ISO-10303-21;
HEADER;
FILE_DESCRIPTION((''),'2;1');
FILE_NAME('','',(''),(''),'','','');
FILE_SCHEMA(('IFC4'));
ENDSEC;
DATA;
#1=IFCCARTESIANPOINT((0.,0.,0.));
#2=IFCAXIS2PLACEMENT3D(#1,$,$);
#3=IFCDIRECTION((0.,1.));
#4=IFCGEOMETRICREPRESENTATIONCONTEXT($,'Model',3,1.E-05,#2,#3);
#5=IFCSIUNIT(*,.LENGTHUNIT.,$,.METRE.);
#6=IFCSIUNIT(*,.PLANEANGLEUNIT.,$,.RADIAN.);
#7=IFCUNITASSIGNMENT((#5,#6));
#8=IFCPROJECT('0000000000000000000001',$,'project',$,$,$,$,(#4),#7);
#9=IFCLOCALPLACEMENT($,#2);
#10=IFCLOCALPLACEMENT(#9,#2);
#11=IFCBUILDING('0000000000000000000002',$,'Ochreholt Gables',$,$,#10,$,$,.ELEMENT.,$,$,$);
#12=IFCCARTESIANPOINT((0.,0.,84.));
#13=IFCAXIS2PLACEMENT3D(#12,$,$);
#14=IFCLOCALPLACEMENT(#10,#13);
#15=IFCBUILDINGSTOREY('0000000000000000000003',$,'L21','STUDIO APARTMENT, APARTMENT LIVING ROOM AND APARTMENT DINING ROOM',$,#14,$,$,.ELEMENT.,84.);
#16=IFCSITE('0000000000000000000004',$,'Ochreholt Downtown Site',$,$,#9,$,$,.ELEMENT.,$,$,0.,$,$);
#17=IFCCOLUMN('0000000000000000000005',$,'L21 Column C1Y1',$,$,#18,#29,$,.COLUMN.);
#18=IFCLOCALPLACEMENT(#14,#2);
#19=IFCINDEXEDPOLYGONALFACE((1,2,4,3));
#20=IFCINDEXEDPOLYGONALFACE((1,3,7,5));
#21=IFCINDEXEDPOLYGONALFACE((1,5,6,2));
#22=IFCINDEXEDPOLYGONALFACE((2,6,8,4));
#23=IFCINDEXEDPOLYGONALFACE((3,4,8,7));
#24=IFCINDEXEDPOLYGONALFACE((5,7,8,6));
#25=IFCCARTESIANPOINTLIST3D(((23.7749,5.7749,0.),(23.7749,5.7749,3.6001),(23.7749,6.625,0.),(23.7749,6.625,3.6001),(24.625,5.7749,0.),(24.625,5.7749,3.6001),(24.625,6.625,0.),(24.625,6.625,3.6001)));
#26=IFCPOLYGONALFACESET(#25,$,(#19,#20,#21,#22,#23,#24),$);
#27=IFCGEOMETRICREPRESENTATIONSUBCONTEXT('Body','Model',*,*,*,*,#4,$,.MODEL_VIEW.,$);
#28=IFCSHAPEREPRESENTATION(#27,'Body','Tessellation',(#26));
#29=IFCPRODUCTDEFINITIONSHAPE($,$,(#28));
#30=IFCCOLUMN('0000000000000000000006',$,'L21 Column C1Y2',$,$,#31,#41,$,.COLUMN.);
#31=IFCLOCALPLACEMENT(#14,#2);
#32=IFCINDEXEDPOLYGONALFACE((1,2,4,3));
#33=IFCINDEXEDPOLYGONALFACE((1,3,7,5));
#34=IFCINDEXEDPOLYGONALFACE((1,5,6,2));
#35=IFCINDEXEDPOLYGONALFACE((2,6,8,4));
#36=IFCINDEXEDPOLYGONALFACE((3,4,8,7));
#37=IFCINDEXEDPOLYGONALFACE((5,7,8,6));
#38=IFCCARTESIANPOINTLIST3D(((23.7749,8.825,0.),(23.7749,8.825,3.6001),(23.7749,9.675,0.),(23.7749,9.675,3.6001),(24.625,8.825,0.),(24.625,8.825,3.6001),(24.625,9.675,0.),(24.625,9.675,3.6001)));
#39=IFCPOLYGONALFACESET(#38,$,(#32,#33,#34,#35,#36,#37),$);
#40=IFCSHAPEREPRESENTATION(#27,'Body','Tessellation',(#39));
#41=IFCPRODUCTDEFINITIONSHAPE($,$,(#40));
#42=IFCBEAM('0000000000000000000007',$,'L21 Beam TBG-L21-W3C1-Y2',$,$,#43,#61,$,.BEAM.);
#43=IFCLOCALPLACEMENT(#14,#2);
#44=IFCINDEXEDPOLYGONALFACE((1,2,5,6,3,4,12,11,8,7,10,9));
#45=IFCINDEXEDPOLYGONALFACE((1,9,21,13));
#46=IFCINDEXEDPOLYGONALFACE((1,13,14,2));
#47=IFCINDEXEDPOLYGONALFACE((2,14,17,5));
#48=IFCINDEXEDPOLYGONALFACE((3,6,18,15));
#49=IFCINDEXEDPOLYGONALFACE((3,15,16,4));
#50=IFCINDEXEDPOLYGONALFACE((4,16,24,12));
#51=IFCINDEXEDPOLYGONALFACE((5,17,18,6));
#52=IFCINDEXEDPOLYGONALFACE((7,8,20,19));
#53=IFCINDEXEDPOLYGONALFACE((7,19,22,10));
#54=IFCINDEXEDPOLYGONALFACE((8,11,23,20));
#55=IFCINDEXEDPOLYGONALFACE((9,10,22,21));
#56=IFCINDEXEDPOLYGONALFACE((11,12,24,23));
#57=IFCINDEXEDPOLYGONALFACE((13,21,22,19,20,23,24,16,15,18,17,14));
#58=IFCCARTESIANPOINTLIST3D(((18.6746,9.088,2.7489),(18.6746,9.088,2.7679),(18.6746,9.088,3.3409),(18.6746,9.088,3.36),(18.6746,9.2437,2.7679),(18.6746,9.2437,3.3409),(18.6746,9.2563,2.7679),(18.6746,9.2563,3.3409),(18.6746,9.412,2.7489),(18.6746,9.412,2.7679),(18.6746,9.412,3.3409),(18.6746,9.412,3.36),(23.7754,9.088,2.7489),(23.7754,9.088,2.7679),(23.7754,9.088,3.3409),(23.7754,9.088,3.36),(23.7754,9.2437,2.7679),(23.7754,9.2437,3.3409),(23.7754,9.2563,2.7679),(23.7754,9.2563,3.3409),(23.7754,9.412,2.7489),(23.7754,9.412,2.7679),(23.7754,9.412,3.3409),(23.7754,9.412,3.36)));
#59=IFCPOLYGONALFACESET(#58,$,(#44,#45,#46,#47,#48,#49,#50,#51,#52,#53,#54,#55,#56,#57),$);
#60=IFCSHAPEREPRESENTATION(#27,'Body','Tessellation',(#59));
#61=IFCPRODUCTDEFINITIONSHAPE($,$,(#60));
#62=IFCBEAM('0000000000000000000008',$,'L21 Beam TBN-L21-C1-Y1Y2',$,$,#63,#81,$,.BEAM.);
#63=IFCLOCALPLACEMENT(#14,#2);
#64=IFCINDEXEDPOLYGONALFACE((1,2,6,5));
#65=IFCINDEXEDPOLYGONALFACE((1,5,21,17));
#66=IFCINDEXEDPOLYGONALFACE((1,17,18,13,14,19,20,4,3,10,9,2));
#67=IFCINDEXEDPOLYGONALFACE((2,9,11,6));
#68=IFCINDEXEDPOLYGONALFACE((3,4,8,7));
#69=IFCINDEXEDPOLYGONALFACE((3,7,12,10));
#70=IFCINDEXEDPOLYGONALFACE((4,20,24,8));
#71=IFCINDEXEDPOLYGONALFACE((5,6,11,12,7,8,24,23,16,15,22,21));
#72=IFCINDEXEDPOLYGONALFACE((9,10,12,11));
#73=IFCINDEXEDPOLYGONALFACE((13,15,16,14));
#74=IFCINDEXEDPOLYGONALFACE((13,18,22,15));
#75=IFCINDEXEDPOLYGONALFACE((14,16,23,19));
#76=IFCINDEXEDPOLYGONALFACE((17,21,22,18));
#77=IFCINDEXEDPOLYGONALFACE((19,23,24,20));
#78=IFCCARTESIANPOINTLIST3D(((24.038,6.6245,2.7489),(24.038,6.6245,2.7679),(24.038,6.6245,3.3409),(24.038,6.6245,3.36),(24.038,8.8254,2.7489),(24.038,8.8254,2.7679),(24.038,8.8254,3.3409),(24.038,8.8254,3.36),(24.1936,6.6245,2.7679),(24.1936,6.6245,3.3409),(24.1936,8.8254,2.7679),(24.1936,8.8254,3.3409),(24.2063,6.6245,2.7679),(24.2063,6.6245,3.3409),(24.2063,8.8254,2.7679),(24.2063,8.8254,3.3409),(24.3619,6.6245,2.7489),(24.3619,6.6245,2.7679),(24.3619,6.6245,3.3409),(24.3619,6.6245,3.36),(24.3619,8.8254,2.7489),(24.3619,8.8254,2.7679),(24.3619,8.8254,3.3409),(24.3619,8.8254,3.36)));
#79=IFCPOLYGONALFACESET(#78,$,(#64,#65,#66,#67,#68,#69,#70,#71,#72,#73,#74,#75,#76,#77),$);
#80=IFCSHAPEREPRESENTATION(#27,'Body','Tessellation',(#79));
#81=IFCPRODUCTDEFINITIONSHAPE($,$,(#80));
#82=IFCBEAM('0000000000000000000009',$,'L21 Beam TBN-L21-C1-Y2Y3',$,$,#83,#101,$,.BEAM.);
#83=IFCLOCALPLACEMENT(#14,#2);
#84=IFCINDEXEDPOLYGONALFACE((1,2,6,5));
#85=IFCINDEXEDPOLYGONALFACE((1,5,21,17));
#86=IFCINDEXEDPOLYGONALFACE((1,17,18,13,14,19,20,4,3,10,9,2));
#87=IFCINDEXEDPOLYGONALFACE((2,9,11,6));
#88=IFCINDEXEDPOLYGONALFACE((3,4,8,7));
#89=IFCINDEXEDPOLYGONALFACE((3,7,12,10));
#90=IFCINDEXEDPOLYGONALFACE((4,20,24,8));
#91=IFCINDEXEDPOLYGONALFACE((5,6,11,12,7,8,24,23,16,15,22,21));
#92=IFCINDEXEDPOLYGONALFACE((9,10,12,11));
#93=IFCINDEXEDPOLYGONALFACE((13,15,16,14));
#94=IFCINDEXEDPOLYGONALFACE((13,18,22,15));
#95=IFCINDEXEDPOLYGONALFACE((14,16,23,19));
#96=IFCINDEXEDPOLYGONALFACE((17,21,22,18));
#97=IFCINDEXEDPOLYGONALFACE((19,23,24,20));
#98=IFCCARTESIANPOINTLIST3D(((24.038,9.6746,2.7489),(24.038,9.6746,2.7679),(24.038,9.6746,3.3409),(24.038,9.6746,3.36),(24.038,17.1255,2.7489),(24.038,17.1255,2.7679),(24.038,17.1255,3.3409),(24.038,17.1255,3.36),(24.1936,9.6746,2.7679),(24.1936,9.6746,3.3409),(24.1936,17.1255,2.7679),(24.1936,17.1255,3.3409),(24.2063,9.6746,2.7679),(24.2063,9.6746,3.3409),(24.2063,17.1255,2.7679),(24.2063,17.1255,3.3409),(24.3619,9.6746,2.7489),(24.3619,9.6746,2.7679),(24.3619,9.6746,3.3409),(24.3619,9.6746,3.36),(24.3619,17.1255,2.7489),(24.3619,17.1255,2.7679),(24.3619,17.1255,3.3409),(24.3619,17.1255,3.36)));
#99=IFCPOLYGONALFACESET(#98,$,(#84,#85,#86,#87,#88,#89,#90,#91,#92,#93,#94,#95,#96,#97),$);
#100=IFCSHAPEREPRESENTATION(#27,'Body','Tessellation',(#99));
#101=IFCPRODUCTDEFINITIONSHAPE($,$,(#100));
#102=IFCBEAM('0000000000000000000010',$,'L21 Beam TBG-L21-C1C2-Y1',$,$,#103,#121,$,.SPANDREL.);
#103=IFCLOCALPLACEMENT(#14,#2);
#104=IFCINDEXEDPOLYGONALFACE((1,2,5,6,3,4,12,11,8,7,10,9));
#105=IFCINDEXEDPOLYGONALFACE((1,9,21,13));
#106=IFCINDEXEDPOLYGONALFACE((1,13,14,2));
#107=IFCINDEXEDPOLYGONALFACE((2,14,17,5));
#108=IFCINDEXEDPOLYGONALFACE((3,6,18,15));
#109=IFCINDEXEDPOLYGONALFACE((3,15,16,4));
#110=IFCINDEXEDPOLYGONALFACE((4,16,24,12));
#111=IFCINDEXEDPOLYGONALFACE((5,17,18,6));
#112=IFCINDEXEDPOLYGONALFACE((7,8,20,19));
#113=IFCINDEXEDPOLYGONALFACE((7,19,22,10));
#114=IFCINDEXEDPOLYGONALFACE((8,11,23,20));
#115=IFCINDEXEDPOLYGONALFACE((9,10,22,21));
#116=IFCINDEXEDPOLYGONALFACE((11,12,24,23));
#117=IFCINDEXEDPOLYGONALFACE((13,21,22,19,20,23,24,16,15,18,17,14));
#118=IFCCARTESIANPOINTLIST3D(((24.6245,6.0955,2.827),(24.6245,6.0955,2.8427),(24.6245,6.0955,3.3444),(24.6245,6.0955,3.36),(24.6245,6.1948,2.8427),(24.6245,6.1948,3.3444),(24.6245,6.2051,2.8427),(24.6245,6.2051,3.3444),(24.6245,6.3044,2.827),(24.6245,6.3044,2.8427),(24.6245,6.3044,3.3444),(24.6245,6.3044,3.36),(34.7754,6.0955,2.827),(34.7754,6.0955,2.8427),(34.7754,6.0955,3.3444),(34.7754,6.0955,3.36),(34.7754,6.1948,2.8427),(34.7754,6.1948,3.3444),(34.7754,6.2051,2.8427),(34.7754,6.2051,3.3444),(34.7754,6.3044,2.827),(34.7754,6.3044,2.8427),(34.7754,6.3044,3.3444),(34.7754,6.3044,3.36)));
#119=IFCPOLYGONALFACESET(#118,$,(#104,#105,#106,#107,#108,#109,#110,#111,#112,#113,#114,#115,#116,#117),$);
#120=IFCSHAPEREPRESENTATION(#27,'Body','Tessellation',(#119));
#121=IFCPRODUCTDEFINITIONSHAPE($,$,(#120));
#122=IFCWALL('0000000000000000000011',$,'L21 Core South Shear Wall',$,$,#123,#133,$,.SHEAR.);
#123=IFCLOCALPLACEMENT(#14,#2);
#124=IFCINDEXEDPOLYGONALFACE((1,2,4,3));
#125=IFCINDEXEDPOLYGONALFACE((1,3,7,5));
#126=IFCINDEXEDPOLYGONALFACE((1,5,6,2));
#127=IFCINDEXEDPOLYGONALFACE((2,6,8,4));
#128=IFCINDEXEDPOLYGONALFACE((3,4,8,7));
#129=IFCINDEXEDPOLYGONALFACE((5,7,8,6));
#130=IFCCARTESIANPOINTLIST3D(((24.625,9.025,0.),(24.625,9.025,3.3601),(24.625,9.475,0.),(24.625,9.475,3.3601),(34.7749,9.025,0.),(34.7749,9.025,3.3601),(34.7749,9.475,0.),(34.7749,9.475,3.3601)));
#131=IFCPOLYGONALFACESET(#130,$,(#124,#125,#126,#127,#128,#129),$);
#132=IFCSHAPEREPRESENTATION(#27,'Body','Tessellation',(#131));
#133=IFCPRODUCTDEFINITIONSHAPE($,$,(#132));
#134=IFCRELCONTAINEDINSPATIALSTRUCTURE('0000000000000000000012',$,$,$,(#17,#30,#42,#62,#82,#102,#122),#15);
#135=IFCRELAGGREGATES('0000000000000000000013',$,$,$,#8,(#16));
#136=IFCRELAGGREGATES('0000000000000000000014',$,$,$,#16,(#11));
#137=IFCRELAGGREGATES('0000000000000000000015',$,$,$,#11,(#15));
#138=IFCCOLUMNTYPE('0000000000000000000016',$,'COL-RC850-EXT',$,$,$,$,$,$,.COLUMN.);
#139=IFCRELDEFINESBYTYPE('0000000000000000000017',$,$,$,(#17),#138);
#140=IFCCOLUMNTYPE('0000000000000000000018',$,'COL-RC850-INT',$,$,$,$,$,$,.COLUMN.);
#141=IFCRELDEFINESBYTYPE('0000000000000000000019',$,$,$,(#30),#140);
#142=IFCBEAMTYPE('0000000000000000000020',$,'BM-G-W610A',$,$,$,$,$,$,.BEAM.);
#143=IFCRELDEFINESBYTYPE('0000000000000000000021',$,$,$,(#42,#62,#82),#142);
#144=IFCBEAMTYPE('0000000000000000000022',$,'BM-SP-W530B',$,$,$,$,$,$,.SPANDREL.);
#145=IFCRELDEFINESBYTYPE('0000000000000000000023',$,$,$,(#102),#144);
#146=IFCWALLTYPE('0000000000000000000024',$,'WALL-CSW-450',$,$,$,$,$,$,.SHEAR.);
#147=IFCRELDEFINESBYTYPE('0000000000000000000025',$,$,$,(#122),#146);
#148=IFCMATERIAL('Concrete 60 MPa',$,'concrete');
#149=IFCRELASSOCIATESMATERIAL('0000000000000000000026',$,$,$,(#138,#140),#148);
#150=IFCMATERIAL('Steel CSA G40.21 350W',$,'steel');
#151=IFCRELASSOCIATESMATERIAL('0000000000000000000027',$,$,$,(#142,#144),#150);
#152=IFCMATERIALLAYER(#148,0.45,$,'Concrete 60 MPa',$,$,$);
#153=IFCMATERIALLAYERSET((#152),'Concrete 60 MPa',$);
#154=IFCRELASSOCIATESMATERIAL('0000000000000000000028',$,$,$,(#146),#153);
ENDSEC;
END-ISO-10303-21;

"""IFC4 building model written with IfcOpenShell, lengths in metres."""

from ifc_helpers import new_model, si_unit, direction, frame, frame_2d, origin, origin_2d, place, context, subcontext, project, spatial, rectangle, i_section, extrude, material, layer, layer_set, material_profile, profile_set, type_object, element, save


model = new_model("IFC4")

# Units and contexts
model_context = context("Model", 3, precision=1e-05, world=origin(), true_north=direction((0.0, 1.0)))
body_context = subcontext(model_context, "Body", "Model", "MODEL_VIEW")
ifc_project = project(units=[si_unit("LENGTHUNIT", "METRE"), si_unit("PLANEANGLEUNIT", "RADIAN")], contexts=[model_context])

# Site, building, storey
site_placement = place(None, origin())
site = spatial("IfcSite", under=ifc_project, at=site_placement, Name="Ochreholt Downtown Site", CompositionType="ELEMENT", RefElevation=0.0)
building_placement = place(site_placement, origin())
building = spatial("IfcBuilding", under=site, at=building_placement, Name="Ochreholt Gables", CompositionType="ELEMENT")
storey_placement = place(building_placement, frame((0.0, 0.0, 84.0)))
storey = spatial("IfcBuildingStorey", under=building, at=storey_placement, Name="L21", Description="STUDIO APARTMENT, APARTMENT LIVING ROOM AND APARTMENT DINING ROOM", CompositionType="ELEMENT", Elevation=84.0)

# Columns
ifc_material_1 = material(Name="Concrete 60 MPa", Category="concrete")
ifc_material_profile_1 = material_profile(ifc_material_1, rectangle(XDim=0.8501, YDim=0.8501, at=origin_2d()), Name="RC850X850")
ifc_profile_set_1 = profile_set([ifc_material_profile_1], Name="Concrete 60 MPa")
column_type_1 = type_object("IfcColumnType", Name="COL-RC850-EXT", PredefinedType="COLUMN", material=ifc_profile_set_1)
column_1_placement = place(storey_placement, frame((24.2, 6.2, 0.0), z_axis=(0.0, 0.0, 1.0), x_axis=(1.0, 0.0, 0.0)))
element("IfcColumn", 1, at=column_1_placement, inside=storey, type_object=column_type_1, Name="L21 Column C1Y1", PredefinedType="COLUMN", context=body_context, shape_type="SweptSolid", body=[
    extrude(rectangle(XDim=0.8501, YDim=0.8501, at=origin_2d()), origin(), (0.0, 0.0, 1.0), 3.6001),
])
ifc_material_profile_2 = material_profile(ifc_material_1, rectangle(XDim=0.8501, YDim=0.8501, at=origin_2d()), Name="RC850X850")
ifc_profile_set_2 = profile_set([ifc_material_profile_2], Name="Concrete 60 MPa")
column_type_2 = type_object("IfcColumnType", Name="COL-RC850-INT", PredefinedType="COLUMN", material=ifc_profile_set_2)
column_2_placement = place(storey_placement, frame((24.2, 9.25, 0.0), z_axis=(0.0, 0.0, 1.0), x_axis=(1.0, 0.0, 0.0)))
element("IfcColumn", 2, at=column_2_placement, inside=storey, type_object=column_type_2, Name="L21 Column C1Y2", PredefinedType="COLUMN", context=body_context, shape_type="SweptSolid", body=[
    extrude(rectangle(XDim=0.8501, YDim=0.8501, at=origin_2d()), origin(), (0.0, 0.0, 1.0), 3.6001),
])

# Beams
ifc_material_2 = material(Name="Steel CSA G40.21 350W", Category="steel")
ifc_material_profile_3 = material_profile(ifc_material_2, i_section(OverallWidth=0.324, OverallDepth=0.6111, WebThickness=0.0127, FlangeThickness=0.019, at=origin_2d()), Name="W610X155")
ifc_profile_set_3 = profile_set([ifc_material_profile_3], Name="Steel CSA G40.21 350W")
beam_type_1 = type_object("IfcBeamType", Name="BM-G-W610A", PredefinedType="BEAM", material=ifc_profile_set_3)
beam_1_placement = place(storey_placement, frame((18.6746, 9.25, 3.0544), z_axis=(1.0, 0.0, 0.0), x_axis=(0.0, 1.0, 0.0)))
element("IfcBeam", 3, at=beam_1_placement, inside=storey, type_object=beam_type_1, Name="L21 Beam TBG-L21-W3C1-Y2", PredefinedType="BEAM", context=body_context, shape_type="SweptSolid", body=[
    extrude(i_section(OverallWidth=0.324, OverallDepth=0.6111, WebThickness=0.0127, FlangeThickness=0.019, at=origin_2d()), origin(), (0.0, 0.0, 1.0), 5.1008),
])
beam_2_placement = place(storey_placement, frame((24.2, 6.6245, 3.0544), z_axis=(0.0, 1.0, 0.0), x_axis=(-1.0, 0.0, 0.0)))
element("IfcBeam", 4, at=beam_2_placement, inside=storey, type_object=beam_type_1, Name="L21 Beam TBN-L21-C1-Y1Y2", PredefinedType="BEAM", context=body_context, shape_type="SweptSolid", body=[
    extrude(i_section(OverallWidth=0.324, OverallDepth=0.6111, WebThickness=0.0127, FlangeThickness=0.019, at=origin_2d()), origin(), (0.0, 0.0, 1.0), 2.2009),
])
beam_3_placement = place(storey_placement, frame((24.2, 9.6746, 3.0544), z_axis=(0.0, 1.0, 0.0), x_axis=(-1.0, 0.0, 0.0)))
element("IfcBeam", 5, at=beam_3_placement, inside=storey, type_object=beam_type_1, Name="L21 Beam TBN-L21-C1-Y2Y3", PredefinedType="BEAM", context=body_context, shape_type="SweptSolid", body=[
    extrude(i_section(OverallWidth=0.324, OverallDepth=0.6111, WebThickness=0.0127, FlangeThickness=0.019, at=origin_2d()), origin(), (0.0, 0.0, 1.0), 7.4509),
])
ifc_material_profile_4 = material_profile(ifc_material_2, i_section(OverallWidth=0.209, OverallDepth=0.533, WebThickness=0.0103, FlangeThickness=0.0156, at=origin_2d()), Name="W530X92")
ifc_profile_set_4 = profile_set([ifc_material_profile_4], Name="Steel CSA G40.21 350W")
beam_type_2 = type_object("IfcBeamType", Name="BM-SP-W530B", PredefinedType="SPANDREL", material=ifc_profile_set_4)
beam_4_placement = place(storey_placement, frame((24.6245, 6.2, 3.0935), z_axis=(1.0, 0.0, 0.0), x_axis=(0.0, 1.0, 0.0)))
element("IfcBeam", 6, at=beam_4_placement, inside=storey, type_object=beam_type_2, Name="L21 Beam TBG-L21-C1C2-Y1", PredefinedType="SPANDREL", context=body_context, shape_type="SweptSolid", body=[
    extrude(i_section(OverallWidth=0.209, OverallDepth=0.533, WebThickness=0.0103, FlangeThickness=0.0156, at=origin_2d()), origin(), (0.0, 0.0, 1.0), 10.1509),
])

# Wall
ifc_layer_1 = layer(ifc_material_1, 0.45, Name="Concrete 60 MPa")
ifc_layer_set_1 = layer_set([ifc_layer_1], Name="Concrete 60 MPa")
wall_type_1 = type_object("IfcWallType", Name="WALL-CSW-450", PredefinedType="SHEAR", material=ifc_layer_set_1)
wall_1_placement = place(storey_placement, frame((24.625, 9.25, 0.0), z_axis=(0.0, 0.0, 1.0), x_axis=(1.0, 0.0, 0.0)))
element("IfcWall", 7, at=wall_1_placement, inside=storey, type_object=wall_type_1, Name="L21 Core South Shear Wall", PredefinedType="SHEAR", context=body_context, shape_type="SweptSolid", body=[
    extrude(rectangle(XDim=10.1499, YDim=0.45, at=frame_2d((5.075, 0.0))), origin(), (0.0, 0.0, 1.0), 3.3601),
])

save(model, "model.ifc")
